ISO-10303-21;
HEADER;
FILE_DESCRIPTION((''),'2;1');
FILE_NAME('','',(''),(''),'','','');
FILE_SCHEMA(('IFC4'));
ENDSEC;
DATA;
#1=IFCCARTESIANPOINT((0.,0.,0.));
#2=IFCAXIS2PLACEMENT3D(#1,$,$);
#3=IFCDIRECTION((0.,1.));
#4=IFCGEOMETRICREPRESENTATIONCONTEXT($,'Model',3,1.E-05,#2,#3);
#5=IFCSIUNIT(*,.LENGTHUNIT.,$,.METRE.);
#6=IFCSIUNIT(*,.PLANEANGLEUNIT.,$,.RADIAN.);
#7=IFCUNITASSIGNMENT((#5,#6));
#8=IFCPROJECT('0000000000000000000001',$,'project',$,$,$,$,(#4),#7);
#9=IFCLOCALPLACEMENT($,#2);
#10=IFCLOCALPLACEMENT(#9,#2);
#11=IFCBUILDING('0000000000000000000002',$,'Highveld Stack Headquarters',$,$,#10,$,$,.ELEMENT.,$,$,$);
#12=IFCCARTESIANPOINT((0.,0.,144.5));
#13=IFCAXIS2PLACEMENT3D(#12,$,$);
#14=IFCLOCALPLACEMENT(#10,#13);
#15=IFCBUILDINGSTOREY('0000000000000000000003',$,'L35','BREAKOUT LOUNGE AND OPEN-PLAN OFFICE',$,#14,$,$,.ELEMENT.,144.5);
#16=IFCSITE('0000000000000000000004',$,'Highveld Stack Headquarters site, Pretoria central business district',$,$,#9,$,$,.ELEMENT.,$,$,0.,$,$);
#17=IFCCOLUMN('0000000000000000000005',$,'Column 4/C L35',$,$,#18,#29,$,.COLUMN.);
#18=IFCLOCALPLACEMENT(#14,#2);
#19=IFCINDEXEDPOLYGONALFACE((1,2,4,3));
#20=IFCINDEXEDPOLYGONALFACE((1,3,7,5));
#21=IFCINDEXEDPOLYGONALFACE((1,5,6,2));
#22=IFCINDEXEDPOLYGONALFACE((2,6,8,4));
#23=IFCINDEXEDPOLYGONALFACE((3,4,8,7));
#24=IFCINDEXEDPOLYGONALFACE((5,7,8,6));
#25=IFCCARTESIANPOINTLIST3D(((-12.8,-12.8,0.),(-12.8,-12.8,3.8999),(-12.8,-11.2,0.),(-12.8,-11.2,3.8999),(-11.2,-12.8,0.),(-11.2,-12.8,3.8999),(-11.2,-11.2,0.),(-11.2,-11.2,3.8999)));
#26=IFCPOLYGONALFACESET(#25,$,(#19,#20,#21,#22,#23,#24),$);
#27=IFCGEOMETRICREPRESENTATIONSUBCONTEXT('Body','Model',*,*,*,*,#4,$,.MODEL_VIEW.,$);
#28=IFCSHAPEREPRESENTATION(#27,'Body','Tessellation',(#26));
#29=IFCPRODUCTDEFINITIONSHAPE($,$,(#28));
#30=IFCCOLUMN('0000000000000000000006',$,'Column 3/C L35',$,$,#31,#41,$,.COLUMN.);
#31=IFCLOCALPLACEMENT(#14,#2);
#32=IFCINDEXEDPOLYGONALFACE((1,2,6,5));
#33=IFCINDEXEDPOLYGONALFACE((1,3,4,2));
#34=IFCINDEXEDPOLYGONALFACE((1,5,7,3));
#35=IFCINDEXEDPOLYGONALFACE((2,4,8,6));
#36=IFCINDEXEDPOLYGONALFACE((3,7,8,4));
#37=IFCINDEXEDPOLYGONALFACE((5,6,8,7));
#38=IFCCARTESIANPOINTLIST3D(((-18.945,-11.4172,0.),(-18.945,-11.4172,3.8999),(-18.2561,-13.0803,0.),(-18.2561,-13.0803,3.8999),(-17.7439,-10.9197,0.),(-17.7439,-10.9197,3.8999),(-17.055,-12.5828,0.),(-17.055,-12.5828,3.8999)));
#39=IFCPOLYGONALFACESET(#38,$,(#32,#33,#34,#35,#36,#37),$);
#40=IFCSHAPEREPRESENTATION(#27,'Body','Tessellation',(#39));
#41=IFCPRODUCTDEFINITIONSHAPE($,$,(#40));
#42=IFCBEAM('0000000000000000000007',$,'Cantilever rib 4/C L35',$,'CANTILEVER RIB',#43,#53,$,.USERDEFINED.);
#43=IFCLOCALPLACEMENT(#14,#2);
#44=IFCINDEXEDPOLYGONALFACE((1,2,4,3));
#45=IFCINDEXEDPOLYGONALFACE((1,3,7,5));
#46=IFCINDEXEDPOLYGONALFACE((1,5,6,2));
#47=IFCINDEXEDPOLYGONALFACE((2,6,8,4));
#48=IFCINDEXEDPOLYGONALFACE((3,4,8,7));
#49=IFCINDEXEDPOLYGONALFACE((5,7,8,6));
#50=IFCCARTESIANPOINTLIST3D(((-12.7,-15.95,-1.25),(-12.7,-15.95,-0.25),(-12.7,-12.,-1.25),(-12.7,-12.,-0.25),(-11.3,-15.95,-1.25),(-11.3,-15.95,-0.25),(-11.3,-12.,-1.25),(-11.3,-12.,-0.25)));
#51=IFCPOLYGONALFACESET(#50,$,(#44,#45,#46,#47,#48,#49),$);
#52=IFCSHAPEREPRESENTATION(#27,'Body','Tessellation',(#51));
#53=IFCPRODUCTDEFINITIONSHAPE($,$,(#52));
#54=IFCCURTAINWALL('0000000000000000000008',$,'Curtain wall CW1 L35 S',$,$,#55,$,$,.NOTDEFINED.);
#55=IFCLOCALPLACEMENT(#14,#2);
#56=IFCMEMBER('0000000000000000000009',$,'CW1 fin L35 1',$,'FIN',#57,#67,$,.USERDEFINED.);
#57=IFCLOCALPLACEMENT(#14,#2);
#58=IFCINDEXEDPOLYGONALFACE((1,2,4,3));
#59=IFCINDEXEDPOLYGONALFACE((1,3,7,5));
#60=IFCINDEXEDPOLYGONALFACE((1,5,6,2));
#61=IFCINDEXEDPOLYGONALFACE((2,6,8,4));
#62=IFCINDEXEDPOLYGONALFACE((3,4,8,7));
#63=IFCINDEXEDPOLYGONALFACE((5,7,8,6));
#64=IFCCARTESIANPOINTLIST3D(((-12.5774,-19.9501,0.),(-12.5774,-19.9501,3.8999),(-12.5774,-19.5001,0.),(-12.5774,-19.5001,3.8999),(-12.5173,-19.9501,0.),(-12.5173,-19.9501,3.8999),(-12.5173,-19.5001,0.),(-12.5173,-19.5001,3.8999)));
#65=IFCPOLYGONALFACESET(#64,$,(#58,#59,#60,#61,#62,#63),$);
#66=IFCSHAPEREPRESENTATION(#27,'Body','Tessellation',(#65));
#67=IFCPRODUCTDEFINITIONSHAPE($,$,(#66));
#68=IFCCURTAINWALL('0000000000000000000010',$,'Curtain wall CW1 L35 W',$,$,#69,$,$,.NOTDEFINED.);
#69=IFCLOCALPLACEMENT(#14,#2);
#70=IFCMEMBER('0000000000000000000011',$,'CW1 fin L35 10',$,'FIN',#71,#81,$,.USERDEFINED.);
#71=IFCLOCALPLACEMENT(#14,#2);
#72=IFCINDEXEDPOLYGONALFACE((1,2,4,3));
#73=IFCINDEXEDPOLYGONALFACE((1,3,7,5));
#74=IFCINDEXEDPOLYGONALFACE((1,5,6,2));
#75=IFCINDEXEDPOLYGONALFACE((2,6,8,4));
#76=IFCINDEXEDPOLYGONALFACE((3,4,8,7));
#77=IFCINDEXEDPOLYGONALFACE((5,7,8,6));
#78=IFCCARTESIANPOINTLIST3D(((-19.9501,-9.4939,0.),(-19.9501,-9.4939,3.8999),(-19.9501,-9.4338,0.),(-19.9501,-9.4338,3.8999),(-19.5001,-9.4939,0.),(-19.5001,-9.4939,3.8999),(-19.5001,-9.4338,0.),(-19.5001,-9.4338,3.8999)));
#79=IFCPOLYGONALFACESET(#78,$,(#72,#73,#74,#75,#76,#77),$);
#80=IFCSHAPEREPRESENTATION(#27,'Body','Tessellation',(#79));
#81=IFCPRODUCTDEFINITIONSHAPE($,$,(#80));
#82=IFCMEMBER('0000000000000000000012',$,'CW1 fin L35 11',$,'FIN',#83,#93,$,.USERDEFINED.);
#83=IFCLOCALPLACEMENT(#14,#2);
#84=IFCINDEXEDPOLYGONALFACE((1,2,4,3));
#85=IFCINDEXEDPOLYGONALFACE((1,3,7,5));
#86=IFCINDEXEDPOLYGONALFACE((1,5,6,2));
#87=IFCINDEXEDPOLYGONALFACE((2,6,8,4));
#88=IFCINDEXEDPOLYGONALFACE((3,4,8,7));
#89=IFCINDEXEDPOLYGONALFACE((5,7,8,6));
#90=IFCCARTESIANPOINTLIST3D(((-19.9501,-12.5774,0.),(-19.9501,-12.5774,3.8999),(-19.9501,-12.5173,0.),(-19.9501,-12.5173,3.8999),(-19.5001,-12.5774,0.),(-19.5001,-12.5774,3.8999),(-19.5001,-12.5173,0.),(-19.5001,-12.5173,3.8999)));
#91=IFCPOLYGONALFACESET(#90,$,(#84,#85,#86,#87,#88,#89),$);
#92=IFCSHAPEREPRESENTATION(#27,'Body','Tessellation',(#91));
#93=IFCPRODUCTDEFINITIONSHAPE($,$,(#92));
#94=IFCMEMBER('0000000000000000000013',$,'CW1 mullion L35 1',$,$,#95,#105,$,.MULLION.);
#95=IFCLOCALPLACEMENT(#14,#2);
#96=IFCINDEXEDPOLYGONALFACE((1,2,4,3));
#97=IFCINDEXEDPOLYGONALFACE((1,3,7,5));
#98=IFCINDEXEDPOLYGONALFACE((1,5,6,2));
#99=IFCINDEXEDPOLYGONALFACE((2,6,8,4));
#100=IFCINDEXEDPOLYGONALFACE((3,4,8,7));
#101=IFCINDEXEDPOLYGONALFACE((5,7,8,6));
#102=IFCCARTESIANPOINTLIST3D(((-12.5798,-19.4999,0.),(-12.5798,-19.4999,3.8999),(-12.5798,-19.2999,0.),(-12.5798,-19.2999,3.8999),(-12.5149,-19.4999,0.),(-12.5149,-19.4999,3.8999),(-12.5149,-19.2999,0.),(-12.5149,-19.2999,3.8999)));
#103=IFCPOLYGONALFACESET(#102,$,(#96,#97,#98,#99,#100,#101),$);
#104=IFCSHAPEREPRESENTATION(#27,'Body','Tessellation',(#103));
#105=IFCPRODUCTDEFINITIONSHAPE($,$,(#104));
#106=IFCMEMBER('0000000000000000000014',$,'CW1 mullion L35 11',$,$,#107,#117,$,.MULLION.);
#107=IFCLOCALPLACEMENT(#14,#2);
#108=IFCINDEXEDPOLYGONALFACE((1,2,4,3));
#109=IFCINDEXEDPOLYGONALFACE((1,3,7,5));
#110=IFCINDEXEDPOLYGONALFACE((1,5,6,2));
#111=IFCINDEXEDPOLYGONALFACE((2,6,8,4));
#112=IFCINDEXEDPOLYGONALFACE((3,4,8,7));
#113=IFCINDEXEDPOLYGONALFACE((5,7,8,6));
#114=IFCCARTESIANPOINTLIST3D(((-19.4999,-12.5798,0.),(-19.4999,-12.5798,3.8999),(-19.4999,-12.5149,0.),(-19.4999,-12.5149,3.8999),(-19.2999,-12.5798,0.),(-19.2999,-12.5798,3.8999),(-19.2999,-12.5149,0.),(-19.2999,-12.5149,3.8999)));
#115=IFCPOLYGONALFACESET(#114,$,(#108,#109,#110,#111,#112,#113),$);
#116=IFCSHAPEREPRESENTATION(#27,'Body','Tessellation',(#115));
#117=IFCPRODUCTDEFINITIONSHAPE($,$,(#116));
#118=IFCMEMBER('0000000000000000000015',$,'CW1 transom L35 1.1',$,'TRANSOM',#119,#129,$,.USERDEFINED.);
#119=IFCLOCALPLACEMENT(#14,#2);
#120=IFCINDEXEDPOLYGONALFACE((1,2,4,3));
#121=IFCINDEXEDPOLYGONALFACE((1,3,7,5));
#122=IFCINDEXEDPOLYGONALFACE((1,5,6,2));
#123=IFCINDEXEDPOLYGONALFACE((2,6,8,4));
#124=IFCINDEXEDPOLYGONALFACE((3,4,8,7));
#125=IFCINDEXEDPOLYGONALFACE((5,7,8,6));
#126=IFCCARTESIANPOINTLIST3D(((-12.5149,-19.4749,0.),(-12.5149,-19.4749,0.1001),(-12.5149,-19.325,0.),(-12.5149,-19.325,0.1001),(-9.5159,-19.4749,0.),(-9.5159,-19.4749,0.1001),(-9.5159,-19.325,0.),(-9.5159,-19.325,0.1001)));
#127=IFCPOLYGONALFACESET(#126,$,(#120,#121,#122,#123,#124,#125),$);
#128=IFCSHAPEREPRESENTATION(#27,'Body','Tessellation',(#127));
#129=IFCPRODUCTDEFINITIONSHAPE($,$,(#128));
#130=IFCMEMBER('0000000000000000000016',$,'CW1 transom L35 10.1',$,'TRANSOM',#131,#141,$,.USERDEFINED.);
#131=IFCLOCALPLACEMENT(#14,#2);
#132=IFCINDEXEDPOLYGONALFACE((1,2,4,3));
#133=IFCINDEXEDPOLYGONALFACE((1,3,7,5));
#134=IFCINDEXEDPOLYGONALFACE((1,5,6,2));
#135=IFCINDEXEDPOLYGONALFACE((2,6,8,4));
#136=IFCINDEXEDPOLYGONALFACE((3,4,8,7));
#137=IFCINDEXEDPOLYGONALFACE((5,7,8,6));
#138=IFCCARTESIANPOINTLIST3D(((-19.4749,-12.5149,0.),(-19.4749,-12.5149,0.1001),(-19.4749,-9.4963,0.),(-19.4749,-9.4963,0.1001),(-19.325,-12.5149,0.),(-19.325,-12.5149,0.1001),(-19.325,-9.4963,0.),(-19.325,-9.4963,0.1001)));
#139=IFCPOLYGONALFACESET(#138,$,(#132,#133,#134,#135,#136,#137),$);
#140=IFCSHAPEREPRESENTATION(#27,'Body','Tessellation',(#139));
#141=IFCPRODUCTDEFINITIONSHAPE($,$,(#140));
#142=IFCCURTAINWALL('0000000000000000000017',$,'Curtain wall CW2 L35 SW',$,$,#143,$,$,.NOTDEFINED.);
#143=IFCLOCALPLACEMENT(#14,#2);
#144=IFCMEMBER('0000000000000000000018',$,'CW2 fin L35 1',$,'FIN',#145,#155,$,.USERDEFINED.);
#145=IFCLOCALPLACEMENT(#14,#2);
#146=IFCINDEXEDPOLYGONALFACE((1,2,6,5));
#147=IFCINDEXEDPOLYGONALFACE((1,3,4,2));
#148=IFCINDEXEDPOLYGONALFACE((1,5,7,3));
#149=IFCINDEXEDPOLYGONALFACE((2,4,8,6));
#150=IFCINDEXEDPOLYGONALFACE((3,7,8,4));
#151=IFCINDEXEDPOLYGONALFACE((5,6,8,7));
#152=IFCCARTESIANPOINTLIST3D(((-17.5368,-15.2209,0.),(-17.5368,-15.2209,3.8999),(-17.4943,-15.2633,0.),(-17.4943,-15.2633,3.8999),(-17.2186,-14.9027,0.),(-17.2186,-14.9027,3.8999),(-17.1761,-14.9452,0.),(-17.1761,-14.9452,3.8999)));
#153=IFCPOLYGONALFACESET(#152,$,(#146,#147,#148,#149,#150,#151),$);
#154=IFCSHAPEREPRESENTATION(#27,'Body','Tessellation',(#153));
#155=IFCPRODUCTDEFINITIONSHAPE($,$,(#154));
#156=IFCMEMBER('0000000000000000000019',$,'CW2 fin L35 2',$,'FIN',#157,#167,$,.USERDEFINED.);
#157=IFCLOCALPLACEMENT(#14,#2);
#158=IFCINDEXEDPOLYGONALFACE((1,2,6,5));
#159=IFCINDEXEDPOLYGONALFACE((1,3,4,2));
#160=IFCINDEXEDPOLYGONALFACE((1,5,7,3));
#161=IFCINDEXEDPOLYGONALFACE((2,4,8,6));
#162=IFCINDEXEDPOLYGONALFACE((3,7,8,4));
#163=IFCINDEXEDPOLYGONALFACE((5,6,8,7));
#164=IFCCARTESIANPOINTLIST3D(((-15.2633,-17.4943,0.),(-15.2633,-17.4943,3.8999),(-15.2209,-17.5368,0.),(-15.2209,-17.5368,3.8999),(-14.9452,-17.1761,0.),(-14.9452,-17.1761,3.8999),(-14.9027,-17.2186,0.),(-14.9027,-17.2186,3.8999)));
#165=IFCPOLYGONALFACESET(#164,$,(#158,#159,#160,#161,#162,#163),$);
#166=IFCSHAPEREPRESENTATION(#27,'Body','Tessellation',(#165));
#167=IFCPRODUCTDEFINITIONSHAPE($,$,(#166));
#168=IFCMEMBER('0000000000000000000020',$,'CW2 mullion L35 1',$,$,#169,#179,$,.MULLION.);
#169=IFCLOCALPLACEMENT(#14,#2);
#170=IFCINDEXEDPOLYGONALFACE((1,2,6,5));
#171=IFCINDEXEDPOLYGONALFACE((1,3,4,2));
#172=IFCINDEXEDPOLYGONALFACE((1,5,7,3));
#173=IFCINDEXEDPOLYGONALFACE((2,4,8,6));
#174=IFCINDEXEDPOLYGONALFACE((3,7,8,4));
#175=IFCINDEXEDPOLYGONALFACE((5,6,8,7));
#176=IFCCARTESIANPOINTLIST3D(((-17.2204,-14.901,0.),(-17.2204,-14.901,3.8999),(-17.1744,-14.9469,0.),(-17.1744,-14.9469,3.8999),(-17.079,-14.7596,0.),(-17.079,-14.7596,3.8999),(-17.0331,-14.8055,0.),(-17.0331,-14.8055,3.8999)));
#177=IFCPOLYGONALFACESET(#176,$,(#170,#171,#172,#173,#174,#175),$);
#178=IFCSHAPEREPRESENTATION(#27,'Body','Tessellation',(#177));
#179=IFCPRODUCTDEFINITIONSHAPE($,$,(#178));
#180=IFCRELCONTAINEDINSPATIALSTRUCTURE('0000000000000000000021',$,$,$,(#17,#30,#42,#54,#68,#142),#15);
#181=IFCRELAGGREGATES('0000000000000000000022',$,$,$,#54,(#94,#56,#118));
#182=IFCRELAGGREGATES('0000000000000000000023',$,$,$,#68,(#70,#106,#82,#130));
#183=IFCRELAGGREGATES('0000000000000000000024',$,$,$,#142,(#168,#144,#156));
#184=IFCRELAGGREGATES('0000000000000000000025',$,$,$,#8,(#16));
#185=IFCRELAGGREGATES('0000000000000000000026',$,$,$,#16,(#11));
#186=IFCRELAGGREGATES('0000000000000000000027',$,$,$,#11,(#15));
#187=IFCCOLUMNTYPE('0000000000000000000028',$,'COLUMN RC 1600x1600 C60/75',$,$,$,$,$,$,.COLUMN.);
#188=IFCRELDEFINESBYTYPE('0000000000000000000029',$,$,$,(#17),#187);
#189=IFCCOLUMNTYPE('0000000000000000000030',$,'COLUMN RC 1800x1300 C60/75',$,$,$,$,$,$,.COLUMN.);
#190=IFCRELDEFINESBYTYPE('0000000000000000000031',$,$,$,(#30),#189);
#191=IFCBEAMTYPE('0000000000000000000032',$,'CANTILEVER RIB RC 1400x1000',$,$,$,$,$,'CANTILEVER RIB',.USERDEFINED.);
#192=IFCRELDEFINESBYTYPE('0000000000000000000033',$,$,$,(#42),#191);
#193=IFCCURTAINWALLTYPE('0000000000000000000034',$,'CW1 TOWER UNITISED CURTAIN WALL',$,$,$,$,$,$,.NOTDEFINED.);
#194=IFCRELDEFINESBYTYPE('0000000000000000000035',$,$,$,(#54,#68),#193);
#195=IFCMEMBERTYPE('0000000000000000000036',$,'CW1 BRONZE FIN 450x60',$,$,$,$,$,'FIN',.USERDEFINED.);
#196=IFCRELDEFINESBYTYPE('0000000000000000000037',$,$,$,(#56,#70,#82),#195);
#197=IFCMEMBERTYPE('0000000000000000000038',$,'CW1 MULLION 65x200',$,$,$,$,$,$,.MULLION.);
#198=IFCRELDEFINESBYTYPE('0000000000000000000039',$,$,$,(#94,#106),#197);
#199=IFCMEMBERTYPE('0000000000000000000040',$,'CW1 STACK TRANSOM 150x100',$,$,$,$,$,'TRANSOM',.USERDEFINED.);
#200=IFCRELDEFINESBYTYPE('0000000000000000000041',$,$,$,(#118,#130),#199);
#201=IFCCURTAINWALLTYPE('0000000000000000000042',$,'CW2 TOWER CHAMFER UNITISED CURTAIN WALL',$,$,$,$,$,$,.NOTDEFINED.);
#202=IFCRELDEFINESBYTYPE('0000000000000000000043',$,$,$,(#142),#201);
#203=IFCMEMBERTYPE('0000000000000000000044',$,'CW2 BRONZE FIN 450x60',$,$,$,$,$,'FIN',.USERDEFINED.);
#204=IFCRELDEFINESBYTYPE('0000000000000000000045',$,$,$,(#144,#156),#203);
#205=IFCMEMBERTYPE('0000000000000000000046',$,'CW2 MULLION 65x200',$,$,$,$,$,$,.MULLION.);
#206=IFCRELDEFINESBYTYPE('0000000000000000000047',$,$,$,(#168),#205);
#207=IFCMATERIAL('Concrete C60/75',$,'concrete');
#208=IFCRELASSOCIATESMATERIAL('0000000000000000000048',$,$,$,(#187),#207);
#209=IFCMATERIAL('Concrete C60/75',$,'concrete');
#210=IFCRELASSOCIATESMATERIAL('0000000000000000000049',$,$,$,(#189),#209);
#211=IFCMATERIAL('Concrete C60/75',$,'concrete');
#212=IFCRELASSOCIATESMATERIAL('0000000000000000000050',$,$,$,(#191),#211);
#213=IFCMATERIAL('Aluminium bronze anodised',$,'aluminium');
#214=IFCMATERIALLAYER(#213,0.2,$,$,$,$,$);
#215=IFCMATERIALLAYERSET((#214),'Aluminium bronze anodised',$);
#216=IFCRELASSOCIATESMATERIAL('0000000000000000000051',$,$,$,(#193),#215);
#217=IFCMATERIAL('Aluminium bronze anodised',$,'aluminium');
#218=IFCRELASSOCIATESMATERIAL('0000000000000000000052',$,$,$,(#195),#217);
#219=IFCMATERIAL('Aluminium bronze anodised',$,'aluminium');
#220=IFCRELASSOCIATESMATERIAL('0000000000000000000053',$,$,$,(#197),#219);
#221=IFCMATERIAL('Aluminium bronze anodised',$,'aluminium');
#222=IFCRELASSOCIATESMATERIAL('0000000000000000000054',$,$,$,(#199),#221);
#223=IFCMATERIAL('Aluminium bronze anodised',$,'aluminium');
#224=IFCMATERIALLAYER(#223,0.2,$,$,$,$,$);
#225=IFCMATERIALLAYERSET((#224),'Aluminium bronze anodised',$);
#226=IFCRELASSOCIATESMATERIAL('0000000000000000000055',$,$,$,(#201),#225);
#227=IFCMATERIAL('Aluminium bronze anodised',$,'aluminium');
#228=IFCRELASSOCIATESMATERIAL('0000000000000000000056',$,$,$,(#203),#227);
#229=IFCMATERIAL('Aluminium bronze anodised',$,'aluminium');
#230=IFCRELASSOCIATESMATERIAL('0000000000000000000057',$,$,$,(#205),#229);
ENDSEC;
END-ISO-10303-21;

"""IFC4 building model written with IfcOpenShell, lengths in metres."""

from ifc_helpers import new_model, si_unit, direction, frame, origin, origin_2d, place, context, subcontext, project, spatial, rectangle, extrude, material, layer, layer_set, material_profile, profile_set, type_object, element, aggregate, save


model = new_model("IFC4")

# Units and contexts
model_context = context("Model", 3, precision=1e-05, world=origin(), true_north=direction((0.0, 1.0)))
body_context = subcontext(model_context, "Body", "Model", "MODEL_VIEW")
ifc_project = project(units=[si_unit("LENGTHUNIT", "METRE"), si_unit("PLANEANGLEUNIT", "RADIAN")], contexts=[model_context])

# Site, building, storey
site_placement = place(None, origin())
site = spatial("IfcSite", under=ifc_project, at=site_placement, Name="Highveld Stack Headquarters site, Pretoria central business district", CompositionType="ELEMENT", RefElevation=0.0)
building_placement = place(site_placement, origin())
building = spatial("IfcBuilding", under=site, at=building_placement, Name="Highveld Stack Headquarters", CompositionType="ELEMENT")
storey_placement = place(building_placement, frame((0.0, 0.0, 144.5)))
storey = spatial("IfcBuildingStorey", under=building, at=storey_placement, Name="L35", Description="BREAKOUT LOUNGE AND OPEN-PLAN OFFICE", CompositionType="ELEMENT", Elevation=144.5)

# Columns
ifc_material_1 = material(Name="Concrete C60/75", Category="concrete")
ifc_material_profile_1 = material_profile(ifc_material_1, rectangle(XDim=1.6001, YDim=1.6001, at=origin_2d()), Name="RC 1600x1600")
ifc_profile_set_1 = profile_set([ifc_material_profile_1], Name="Concrete C60/75")
column_type_1 = type_object("IfcColumnType", Name="COLUMN RC 1600x1600 C60/75", PredefinedType="COLUMN", material=ifc_profile_set_1)
column_1_placement = place(storey_placement, frame((-12.0, -12.0, 0.0), z_axis=(0.0, 0.0, 1.0), x_axis=(1.0, 0.0, 0.0)))
element("IfcColumn", 1, at=column_1_placement, inside=storey, type_object=column_type_1, Name="Column 4/C L35", PredefinedType="COLUMN", context=body_context, shape_type="SweptSolid", body=[
    extrude(rectangle(XDim=1.6001, YDim=1.6001, at=origin_2d()), origin(), (0.0, 0.0, 1.0), 3.8999),
])
ifc_material_2 = material(Name="Concrete C60/75", Category="concrete")
ifc_material_profile_2 = material_profile(ifc_material_2, rectangle(XDim=1.8, YDim=1.3, at=origin_2d()), Name="RC 1800x1300")
ifc_profile_set_2 = profile_set([ifc_material_profile_2], Name="Concrete C60/75")
column_type_2 = type_object("IfcColumnType", Name="COLUMN RC 1800x1300 C60/75", PredefinedType="COLUMN", material=ifc_profile_set_2)
column_2_placement = place(storey_placement, frame((-18.0, -12.0, 0.0), z_axis=(0.0, 0.0, 1.0), x_axis=(-0.382683, 0.92388, 0.0)))
element("IfcColumn", 2, at=column_2_placement, inside=storey, type_object=column_type_2, Name="Column 3/C L35", PredefinedType="COLUMN", context=body_context, shape_type="SweptSolid", body=[
    extrude(rectangle(XDim=1.8, YDim=1.3, at=origin_2d()), origin(), (0.0, 0.0, 1.0), 3.8999),
])

# Beam
ifc_material_3 = material(Name="Concrete C60/75", Category="concrete")
ifc_material_profile_3 = material_profile(ifc_material_3, rectangle(XDim=1.3999, YDim=1.0, at=origin_2d()), Name="RC 1400x1000")
ifc_profile_set_3 = profile_set([ifc_material_profile_3], Name="Concrete C60/75")
beam_type_1 = type_object("IfcBeamType", Name="CANTILEVER RIB RC 1400x1000", ElementType="CANTILEVER RIB", PredefinedType="USERDEFINED", material=ifc_profile_set_3)
beam_1_placement = place(storey_placement, frame((-12.0, -12.0, -0.75), z_axis=(0.0, -1.0, 0.0), x_axis=(1.0, 0.0, 0.0)))
element("IfcBeam", 3, at=beam_1_placement, inside=storey, type_object=beam_type_1, Name="Cantilever rib 4/C L35", ObjectType="CANTILEVER RIB", PredefinedType="USERDEFINED", context=body_context, shape_type="SweptSolid", body=[
    extrude(rectangle(XDim=1.3999, YDim=1.0, at=origin_2d()), origin(), (0.0, 0.0, 1.0), 3.95),
])

# Curtain wall, member
ifc_material_4 = material(Name="Aluminium bronze anodised", Category="aluminium")
ifc_layer_1 = layer(ifc_material_4, 0.2)
ifc_layer_set_1 = layer_set([ifc_layer_1], Name="Aluminium bronze anodised")
curtain_wall_type_1 = type_object("IfcCurtainWallType", Name="CW1 TOWER UNITISED CURTAIN WALL", PredefinedType="NOTDEFINED", material=ifc_layer_set_1)
curtain_wall_1_placement = place(storey_placement, origin())
curtain_wall_1 = element("IfcCurtainWall", 4, at=curtain_wall_1_placement, inside=storey, type_object=curtain_wall_type_1, Name="Curtain wall CW1 L35 S", PredefinedType="NOTDEFINED")
ifc_material_5 = material(Name="Aluminium bronze anodised", Category="aluminium")
ifc_material_profile_4 = material_profile(ifc_material_5, rectangle(XDim=0.45, YDim=0.0601, at=origin_2d()), Name="FIN 450x60")
ifc_profile_set_4 = profile_set([ifc_material_profile_4], Name="Aluminium bronze anodised")
member_type_1 = type_object("IfcMemberType", Name="CW1 BRONZE FIN 450x60", ElementType="FIN", PredefinedType="USERDEFINED", material=ifc_profile_set_4)
member_1_placement = place(storey_placement, frame((-12.5474, -19.7251, 0.0), z_axis=(0.0, 0.0, 1.0), x_axis=(0.0, 1.0, 0.0)))
member_1 = element("IfcMember", 5, at=member_1_placement, type_object=member_type_1, Name="CW1 fin L35 1", ObjectType="FIN", PredefinedType="USERDEFINED", context=body_context, shape_type="SweptSolid", body=[
    extrude(rectangle(XDim=0.45, YDim=0.0601, at=origin_2d()), origin(), (0.0, 0.0, 1.0), 3.8999),
])

# Curtain wall, members
curtain_wall_2_placement = place(storey_placement, origin())
curtain_wall_2 = element("IfcCurtainWall", 6, at=curtain_wall_2_placement, inside=storey, type_object=curtain_wall_type_1, Name="Curtain wall CW1 L35 W", PredefinedType="NOTDEFINED")
member_2_placement = place(storey_placement, frame((-19.7251, -9.4639, 0.0), z_axis=(0.0, 0.0, 1.0), x_axis=(1.0, 0.0, 0.0)))
member_2 = element("IfcMember", 7, at=member_2_placement, type_object=member_type_1, Name="CW1 fin L35 10", ObjectType="FIN", PredefinedType="USERDEFINED", context=body_context, shape_type="SweptSolid", body=[
    extrude(rectangle(XDim=0.45, YDim=0.0601, at=origin_2d()), origin(), (0.0, 0.0, 1.0), 3.8999),
])
member_3_placement = place(storey_placement, frame((-19.7251, -12.5474, 0.0), z_axis=(0.0, 0.0, 1.0), x_axis=(1.0, 0.0, 0.0)))
member_3 = element("IfcMember", 8, at=member_3_placement, type_object=member_type_1, Name="CW1 fin L35 11", ObjectType="FIN", PredefinedType="USERDEFINED", context=body_context, shape_type="SweptSolid", body=[
    extrude(rectangle(XDim=0.45, YDim=0.0601, at=origin_2d()), origin(), (0.0, 0.0, 1.0), 3.8999),
])

# Members
ifc_material_6 = material(Name="Aluminium bronze anodised", Category="aluminium")
ifc_material_profile_5 = material_profile(ifc_material_6, rectangle(XDim=0.2, YDim=0.0649, at=origin_2d()), Name="CW1 MULLION 65x200")
ifc_profile_set_5 = profile_set([ifc_material_profile_5], Name="Aluminium bronze anodised")
member_type_2 = type_object("IfcMemberType", Name="CW1 MULLION 65x200", PredefinedType="MULLION", material=ifc_profile_set_5)
member_4_placement = place(storey_placement, frame((-12.5474, -19.3999, 0.0), z_axis=(0.0, 0.0, 1.0), x_axis=(0.0, 1.0, 0.0)))
member_4 = element("IfcMember", 9, at=member_4_placement, type_object=member_type_2, Name="CW1 mullion L35 1", PredefinedType="MULLION", context=body_context, shape_type="SweptSolid", body=[
    extrude(rectangle(XDim=0.2, YDim=0.0649, at=origin_2d()), origin(), (0.0, 0.0, 1.0), 3.8999),
])
member_5_placement = place(storey_placement, frame((-19.3999, -12.5474, 0.0), z_axis=(0.0, 0.0, 1.0), x_axis=(1.0, 0.0, 0.0)))
member_5 = element("IfcMember", 10, at=member_5_placement, type_object=member_type_2, Name="CW1 mullion L35 11", PredefinedType="MULLION", context=body_context, shape_type="SweptSolid", body=[
    extrude(rectangle(XDim=0.2, YDim=0.0649, at=origin_2d()), origin(), (0.0, 0.0, 1.0), 3.8999),
])
ifc_material_7 = material(Name="Aluminium bronze anodised", Category="aluminium")
ifc_material_profile_6 = material_profile(ifc_material_7, rectangle(XDim=0.1499, YDim=0.1001, at=origin_2d()), Name="CW1 TRANSOM 150x100")
ifc_profile_set_6 = profile_set([ifc_material_profile_6], Name="Aluminium bronze anodised")
member_type_3 = type_object("IfcMemberType", Name="CW1 STACK TRANSOM 150x100", ElementType="TRANSOM", PredefinedType="USERDEFINED", material=ifc_profile_set_6)
member_6_placement = place(storey_placement, frame((-12.5149, -19.3999, 0.05), z_axis=(1.0, 0.0, 0.0), x_axis=(0.0, 1.0, 0.0)))
member_6 = element("IfcMember", 11, at=member_6_placement, type_object=member_type_3, Name="CW1 transom L35 1.1", ObjectType="TRANSOM", PredefinedType="USERDEFINED", context=body_context, shape_type="SweptSolid", body=[
    extrude(rectangle(XDim=0.1499, YDim=0.1001, at=origin_2d()), origin(), (0.0, 0.0, 1.0), 2.999),
])
aggregate(curtain_wall_1, [member_4, member_1, member_6])
member_7_placement = place(storey_placement, frame((-19.3999, -9.4963, 0.05), z_axis=(0.0, -1.0, 0.0), x_axis=(1.0, 0.0, 0.0)))
member_7 = element("IfcMember", 12, at=member_7_placement, type_object=member_type_3, Name="CW1 transom L35 10.1", ObjectType="TRANSOM", PredefinedType="USERDEFINED", context=body_context, shape_type="SweptSolid", body=[
    extrude(rectangle(XDim=0.1499, YDim=0.1001, at=origin_2d()), origin(), (0.0, 0.0, 1.0), 3.0186),
])

# Curtain wall, members
ifc_material_8 = material(Name="Aluminium bronze anodised", Category="aluminium")
ifc_layer_2 = layer(ifc_material_8, 0.2)
ifc_layer_set_2 = layer_set([ifc_layer_2], Name="Aluminium bronze anodised")
curtain_wall_type_2 = type_object("IfcCurtainWallType", Name="CW2 TOWER CHAMFER UNITISED CURTAIN WALL", PredefinedType="NOTDEFINED", material=ifc_layer_set_2)
curtain_wall_3_placement = place(storey_placement, origin())
curtain_wall_3 = element("IfcCurtainWall", 13, at=curtain_wall_3_placement, inside=storey, type_object=curtain_wall_type_2, Name="Curtain wall CW2 L35 SW", PredefinedType="NOTDEFINED")
ifc_material_9 = material(Name="Aluminium bronze anodised", Category="aluminium")
ifc_material_profile_7 = material_profile(ifc_material_9, rectangle(XDim=0.45, YDim=0.0601, at=origin_2d()), Name="FIN 450x60")
ifc_profile_set_7 = profile_set([ifc_material_profile_7], Name="Aluminium bronze anodised")
member_type_4 = type_object("IfcMemberType", Name="CW2 BRONZE FIN 450x60", ElementType="FIN", PredefinedType="USERDEFINED", material=ifc_profile_set_7)
member_8_placement = place(storey_placement, frame((-17.3564, -15.083, 0.0), z_axis=(0.0, 0.0, 1.0), x_axis=(0.707107, 0.707107, 0.0)))
member_8 = element("IfcMember", 14, at=member_8_placement, type_object=member_type_4, Name="CW2 fin L35 1", ObjectType="FIN", PredefinedType="USERDEFINED", context=body_context, shape_type="SweptSolid", body=[
    extrude(rectangle(XDim=0.45, YDim=0.0601, at=origin_2d()), origin(), (0.0, 0.0, 1.0), 3.8999),
])
member_9_placement = place(storey_placement, frame((-15.083, -17.3564, 0.0), z_axis=(0.0, 0.0, 1.0), x_axis=(0.707107, 0.707107, 0.0)))
member_9 = element("IfcMember", 15, at=member_9_placement, type_object=member_type_4, Name="CW2 fin L35 2", ObjectType="FIN", PredefinedType="USERDEFINED", context=body_context, shape_type="SweptSolid", body=[
    extrude(rectangle(XDim=0.45, YDim=0.0601, at=origin_2d()), origin(), (0.0, 0.0, 1.0), 3.8999),
])
ifc_material_10 = material(Name="Aluminium bronze anodised", Category="aluminium")
ifc_material_profile_8 = material_profile(ifc_material_10, rectangle(XDim=0.2, YDim=0.0649, at=origin_2d()), Name="CW2 MULLION 65x200")
ifc_profile_set_8 = profile_set([ifc_material_profile_8], Name="Aluminium bronze anodised")
member_type_5 = type_object("IfcMemberType", Name="CW2 MULLION 65x200", PredefinedType="MULLION", material=ifc_profile_set_8)
member_10_placement = place(storey_placement, frame((-17.1267, -14.8533, 0.0), z_axis=(0.0, 0.0, 1.0), x_axis=(0.707107, 0.707107, 0.0)))
member_10 = element("IfcMember", 16, at=member_10_placement, type_object=member_type_5, Name="CW2 mullion L35 1", PredefinedType="MULLION", context=body_context, shape_type="SweptSolid", body=[
    extrude(rectangle(XDim=0.2, YDim=0.0649, at=origin_2d()), origin(), (0.0, 0.0, 1.0), 3.8999),
])

aggregate(curtain_wall_2, [member_2, member_5, member_3, member_7])
aggregate(curtain_wall_3, [member_10, member_8, member_9])

save(model, "model.ifc")
